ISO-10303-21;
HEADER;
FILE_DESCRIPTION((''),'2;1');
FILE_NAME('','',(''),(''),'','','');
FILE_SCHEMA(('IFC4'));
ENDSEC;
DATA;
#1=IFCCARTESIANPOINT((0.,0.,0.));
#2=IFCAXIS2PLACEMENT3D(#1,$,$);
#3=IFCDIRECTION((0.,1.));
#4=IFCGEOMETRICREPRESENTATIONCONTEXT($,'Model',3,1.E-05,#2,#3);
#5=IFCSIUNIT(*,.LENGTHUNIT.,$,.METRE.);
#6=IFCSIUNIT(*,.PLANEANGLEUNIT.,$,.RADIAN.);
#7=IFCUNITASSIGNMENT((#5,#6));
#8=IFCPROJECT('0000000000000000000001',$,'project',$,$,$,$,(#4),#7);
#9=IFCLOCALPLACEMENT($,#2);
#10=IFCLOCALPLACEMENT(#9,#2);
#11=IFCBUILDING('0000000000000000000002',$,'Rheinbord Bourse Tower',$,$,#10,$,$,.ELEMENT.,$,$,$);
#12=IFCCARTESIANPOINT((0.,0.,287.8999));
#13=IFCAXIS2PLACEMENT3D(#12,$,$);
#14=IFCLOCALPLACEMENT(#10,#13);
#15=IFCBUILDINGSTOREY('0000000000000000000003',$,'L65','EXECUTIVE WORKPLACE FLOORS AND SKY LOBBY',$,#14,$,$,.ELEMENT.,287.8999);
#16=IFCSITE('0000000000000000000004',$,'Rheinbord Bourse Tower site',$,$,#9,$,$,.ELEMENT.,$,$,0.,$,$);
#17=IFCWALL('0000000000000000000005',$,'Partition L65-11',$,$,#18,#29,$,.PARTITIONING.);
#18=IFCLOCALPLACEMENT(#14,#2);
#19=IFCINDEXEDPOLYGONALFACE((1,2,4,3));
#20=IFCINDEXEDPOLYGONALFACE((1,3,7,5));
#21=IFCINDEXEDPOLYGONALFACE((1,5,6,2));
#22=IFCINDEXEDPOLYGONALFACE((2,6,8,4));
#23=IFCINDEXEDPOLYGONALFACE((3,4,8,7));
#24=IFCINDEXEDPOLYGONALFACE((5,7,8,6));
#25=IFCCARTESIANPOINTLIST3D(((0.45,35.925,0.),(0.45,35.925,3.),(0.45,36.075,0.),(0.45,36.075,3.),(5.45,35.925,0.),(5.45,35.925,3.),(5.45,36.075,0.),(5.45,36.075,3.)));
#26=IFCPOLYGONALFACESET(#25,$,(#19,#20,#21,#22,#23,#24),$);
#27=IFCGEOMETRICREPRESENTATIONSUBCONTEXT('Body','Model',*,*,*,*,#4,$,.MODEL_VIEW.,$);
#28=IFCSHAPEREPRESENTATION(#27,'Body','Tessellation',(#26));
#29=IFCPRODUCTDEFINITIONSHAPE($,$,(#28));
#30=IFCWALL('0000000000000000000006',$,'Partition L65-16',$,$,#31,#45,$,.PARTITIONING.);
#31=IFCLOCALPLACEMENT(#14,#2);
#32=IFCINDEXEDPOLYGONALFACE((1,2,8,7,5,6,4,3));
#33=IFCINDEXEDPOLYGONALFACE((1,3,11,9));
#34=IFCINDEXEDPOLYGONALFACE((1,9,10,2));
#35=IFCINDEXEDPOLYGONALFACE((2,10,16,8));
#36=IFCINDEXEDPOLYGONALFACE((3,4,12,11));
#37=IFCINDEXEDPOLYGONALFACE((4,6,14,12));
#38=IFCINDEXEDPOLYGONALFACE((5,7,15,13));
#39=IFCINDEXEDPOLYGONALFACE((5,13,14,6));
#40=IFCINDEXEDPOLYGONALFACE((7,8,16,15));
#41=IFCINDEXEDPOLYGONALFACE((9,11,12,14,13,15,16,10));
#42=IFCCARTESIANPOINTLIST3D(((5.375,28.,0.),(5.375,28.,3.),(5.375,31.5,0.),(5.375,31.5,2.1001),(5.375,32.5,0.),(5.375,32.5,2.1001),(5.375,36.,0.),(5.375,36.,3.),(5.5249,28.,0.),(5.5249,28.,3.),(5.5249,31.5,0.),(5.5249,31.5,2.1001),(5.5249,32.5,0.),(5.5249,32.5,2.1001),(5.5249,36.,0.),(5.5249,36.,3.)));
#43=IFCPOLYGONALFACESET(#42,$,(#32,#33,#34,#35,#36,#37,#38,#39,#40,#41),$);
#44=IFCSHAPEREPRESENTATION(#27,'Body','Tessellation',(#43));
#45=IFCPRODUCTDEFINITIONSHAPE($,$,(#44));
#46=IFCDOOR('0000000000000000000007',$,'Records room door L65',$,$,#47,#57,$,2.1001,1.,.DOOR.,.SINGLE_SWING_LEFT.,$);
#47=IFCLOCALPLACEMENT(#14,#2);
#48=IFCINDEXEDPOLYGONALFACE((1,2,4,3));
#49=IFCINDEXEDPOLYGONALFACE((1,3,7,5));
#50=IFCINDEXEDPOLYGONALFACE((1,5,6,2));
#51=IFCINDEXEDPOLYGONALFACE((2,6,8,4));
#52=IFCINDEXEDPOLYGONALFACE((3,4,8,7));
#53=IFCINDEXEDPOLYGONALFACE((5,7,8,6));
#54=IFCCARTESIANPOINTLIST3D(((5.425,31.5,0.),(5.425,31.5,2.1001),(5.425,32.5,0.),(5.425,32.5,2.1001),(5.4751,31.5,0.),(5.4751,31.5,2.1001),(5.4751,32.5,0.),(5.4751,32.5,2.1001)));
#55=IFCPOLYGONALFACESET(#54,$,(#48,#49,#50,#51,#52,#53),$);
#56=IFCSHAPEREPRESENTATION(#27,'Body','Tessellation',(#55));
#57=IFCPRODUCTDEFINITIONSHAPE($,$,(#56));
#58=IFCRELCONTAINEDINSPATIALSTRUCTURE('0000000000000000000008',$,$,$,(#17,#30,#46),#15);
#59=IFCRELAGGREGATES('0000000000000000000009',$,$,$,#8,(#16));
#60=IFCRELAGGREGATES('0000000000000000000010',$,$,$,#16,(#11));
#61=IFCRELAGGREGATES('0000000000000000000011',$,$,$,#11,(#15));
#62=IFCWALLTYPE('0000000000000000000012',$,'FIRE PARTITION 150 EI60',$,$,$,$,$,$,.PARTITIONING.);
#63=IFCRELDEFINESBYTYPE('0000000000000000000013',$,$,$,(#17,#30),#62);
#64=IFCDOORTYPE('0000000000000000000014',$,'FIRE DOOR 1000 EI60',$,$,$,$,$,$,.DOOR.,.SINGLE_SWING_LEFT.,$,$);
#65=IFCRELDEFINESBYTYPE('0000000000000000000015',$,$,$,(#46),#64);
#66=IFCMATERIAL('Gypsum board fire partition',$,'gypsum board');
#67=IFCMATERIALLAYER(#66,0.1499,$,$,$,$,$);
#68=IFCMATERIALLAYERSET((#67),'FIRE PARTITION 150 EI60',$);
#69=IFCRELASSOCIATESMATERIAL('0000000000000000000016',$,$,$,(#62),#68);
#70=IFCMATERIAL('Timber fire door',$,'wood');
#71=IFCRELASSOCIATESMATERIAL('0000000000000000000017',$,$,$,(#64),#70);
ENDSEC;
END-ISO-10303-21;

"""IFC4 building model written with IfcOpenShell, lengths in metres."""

from ifc_helpers import new_model, si_unit, direction, frame, frame_2d, origin, place, context, subcontext, project, spatial, rectangle, extrude, material, layer, layer_set, type_object, element, fill, save


model = new_model("IFC4")

# Units and contexts
model_context = context("Model", 3, precision=1e-05, world=origin(), true_north=direction((0.0, 1.0)))
body_context = subcontext(model_context, "Body", "Model", "MODEL_VIEW")
ifc_project = project(units=[si_unit("LENGTHUNIT", "METRE"), si_unit("PLANEANGLEUNIT", "RADIAN")], contexts=[model_context])

# Site, building, storey
site_placement = place(None, origin())
site = spatial("IfcSite", under=ifc_project, at=site_placement, Name="Rheinbord Bourse Tower site", CompositionType="ELEMENT", RefElevation=0.0)
building_placement = place(site_placement, origin())
building = spatial("IfcBuilding", under=site, at=building_placement, Name="Rheinbord Bourse Tower", CompositionType="ELEMENT")
storey_placement = place(building_placement, frame((0.0, 0.0, 287.8999)))
storey = spatial("IfcBuildingStorey", under=building, at=storey_placement, Name="L65", Description="EXECUTIVE WORKPLACE FLOORS AND SKY LOBBY", CompositionType="ELEMENT", Elevation=287.8999)

# Wall
ifc_material_1 = material(Name="Gypsum board fire partition", Category="gypsum board")
ifc_layer_1 = layer(ifc_material_1, 0.1499)
ifc_layer_set_1 = layer_set([ifc_layer_1], Name="FIRE PARTITION 150 EI60")
wall_type = type_object("IfcWallType", Name="FIRE PARTITION 150 EI60", PredefinedType="PARTITIONING", material=ifc_layer_set_1)
for number, where, z_axis, x_axis, name in (
    (1, (0.45, 36.0, 0.0), (0.0, 0.0, 1.0), (1.0, 0.0, 0.0), "Partition L65-11"),
):
    element("IfcWall", number, at=place(storey_placement, frame(where, z_axis=z_axis, x_axis=x_axis)), inside=storey, type_object=wall_type, Name=name, PredefinedType="PARTITIONING", context=body_context, shape_type="SweptSolid", body=[
        extrude(rectangle(XDim=5.0, YDim=0.1499, at=frame_2d((2.5, 0.0))), origin(), (0.0, 0.0, 1.0), 3.0),
    ])

# Wall, opening, door
wall_placement = place(storey_placement, frame((5.45, 28.0, 0.0), z_axis=(0.0, 0.0, 1.0), x_axis=(0.0, 1.0, 0.0)))
wall = element("IfcWall", 2, at=wall_placement, inside=storey, type_object=wall_type, Name="Partition L65-16", PredefinedType="PARTITIONING", context=body_context, shape_type="SweptSolid", body=[
    extrude(rectangle(XDim=8.0, YDim=0.1499, at=frame_2d((4.0, 0.0))), origin(), (0.0, 0.0, 1.0), 3.0),
])
opening_placement = place(wall_placement, frame((3.5, 0.0, 0.0)))
opening = element("IfcOpeningElement", 3, at=opening_placement, cuts=wall, PredefinedType="OPENING", context=body_context, shape_type="SweptSolid", body=[
    extrude(rectangle(XDim=1.0, YDim=2.1001, at=frame_2d((0.5, 1.05))), frame((0.0, 0.085, 0.0), z_axis=(0.0, -1.0, 0.0), x_axis=(1.0, 0.0, 0.0)), (0.0, 0.0, 1.0), 0.1699),
])
ifc_material_2 = material(Name="Timber fire door", Category="wood")
door_type = type_object("IfcDoorType", Name="FIRE DOOR 1000 EI60", OperationType="SINGLE_SWING_LEFT", PredefinedType="DOOR", material=ifc_material_2)
door_placement = place(opening_placement, origin())
door = element("IfcDoor", 4, at=door_placement, inside=storey, type_object=door_type, Name="Records room door L65", OperationType="SINGLE_SWING_LEFT", OverallHeight=2.1001, OverallWidth=1.0, PredefinedType="DOOR", context=body_context, shape_type="SweptSolid", body=[
    extrude(rectangle(XDim=1.0, YDim=2.1001, at=frame_2d((0.5, 1.05))), frame((0.0, 0.0249, 0.0), z_axis=(0.0, -1.0, 0.0), x_axis=(1.0, 0.0, 0.0)), (0.0, 0.0, 1.0), 0.05),
])
fill(opening, door)

save(model, "model.ifc")
